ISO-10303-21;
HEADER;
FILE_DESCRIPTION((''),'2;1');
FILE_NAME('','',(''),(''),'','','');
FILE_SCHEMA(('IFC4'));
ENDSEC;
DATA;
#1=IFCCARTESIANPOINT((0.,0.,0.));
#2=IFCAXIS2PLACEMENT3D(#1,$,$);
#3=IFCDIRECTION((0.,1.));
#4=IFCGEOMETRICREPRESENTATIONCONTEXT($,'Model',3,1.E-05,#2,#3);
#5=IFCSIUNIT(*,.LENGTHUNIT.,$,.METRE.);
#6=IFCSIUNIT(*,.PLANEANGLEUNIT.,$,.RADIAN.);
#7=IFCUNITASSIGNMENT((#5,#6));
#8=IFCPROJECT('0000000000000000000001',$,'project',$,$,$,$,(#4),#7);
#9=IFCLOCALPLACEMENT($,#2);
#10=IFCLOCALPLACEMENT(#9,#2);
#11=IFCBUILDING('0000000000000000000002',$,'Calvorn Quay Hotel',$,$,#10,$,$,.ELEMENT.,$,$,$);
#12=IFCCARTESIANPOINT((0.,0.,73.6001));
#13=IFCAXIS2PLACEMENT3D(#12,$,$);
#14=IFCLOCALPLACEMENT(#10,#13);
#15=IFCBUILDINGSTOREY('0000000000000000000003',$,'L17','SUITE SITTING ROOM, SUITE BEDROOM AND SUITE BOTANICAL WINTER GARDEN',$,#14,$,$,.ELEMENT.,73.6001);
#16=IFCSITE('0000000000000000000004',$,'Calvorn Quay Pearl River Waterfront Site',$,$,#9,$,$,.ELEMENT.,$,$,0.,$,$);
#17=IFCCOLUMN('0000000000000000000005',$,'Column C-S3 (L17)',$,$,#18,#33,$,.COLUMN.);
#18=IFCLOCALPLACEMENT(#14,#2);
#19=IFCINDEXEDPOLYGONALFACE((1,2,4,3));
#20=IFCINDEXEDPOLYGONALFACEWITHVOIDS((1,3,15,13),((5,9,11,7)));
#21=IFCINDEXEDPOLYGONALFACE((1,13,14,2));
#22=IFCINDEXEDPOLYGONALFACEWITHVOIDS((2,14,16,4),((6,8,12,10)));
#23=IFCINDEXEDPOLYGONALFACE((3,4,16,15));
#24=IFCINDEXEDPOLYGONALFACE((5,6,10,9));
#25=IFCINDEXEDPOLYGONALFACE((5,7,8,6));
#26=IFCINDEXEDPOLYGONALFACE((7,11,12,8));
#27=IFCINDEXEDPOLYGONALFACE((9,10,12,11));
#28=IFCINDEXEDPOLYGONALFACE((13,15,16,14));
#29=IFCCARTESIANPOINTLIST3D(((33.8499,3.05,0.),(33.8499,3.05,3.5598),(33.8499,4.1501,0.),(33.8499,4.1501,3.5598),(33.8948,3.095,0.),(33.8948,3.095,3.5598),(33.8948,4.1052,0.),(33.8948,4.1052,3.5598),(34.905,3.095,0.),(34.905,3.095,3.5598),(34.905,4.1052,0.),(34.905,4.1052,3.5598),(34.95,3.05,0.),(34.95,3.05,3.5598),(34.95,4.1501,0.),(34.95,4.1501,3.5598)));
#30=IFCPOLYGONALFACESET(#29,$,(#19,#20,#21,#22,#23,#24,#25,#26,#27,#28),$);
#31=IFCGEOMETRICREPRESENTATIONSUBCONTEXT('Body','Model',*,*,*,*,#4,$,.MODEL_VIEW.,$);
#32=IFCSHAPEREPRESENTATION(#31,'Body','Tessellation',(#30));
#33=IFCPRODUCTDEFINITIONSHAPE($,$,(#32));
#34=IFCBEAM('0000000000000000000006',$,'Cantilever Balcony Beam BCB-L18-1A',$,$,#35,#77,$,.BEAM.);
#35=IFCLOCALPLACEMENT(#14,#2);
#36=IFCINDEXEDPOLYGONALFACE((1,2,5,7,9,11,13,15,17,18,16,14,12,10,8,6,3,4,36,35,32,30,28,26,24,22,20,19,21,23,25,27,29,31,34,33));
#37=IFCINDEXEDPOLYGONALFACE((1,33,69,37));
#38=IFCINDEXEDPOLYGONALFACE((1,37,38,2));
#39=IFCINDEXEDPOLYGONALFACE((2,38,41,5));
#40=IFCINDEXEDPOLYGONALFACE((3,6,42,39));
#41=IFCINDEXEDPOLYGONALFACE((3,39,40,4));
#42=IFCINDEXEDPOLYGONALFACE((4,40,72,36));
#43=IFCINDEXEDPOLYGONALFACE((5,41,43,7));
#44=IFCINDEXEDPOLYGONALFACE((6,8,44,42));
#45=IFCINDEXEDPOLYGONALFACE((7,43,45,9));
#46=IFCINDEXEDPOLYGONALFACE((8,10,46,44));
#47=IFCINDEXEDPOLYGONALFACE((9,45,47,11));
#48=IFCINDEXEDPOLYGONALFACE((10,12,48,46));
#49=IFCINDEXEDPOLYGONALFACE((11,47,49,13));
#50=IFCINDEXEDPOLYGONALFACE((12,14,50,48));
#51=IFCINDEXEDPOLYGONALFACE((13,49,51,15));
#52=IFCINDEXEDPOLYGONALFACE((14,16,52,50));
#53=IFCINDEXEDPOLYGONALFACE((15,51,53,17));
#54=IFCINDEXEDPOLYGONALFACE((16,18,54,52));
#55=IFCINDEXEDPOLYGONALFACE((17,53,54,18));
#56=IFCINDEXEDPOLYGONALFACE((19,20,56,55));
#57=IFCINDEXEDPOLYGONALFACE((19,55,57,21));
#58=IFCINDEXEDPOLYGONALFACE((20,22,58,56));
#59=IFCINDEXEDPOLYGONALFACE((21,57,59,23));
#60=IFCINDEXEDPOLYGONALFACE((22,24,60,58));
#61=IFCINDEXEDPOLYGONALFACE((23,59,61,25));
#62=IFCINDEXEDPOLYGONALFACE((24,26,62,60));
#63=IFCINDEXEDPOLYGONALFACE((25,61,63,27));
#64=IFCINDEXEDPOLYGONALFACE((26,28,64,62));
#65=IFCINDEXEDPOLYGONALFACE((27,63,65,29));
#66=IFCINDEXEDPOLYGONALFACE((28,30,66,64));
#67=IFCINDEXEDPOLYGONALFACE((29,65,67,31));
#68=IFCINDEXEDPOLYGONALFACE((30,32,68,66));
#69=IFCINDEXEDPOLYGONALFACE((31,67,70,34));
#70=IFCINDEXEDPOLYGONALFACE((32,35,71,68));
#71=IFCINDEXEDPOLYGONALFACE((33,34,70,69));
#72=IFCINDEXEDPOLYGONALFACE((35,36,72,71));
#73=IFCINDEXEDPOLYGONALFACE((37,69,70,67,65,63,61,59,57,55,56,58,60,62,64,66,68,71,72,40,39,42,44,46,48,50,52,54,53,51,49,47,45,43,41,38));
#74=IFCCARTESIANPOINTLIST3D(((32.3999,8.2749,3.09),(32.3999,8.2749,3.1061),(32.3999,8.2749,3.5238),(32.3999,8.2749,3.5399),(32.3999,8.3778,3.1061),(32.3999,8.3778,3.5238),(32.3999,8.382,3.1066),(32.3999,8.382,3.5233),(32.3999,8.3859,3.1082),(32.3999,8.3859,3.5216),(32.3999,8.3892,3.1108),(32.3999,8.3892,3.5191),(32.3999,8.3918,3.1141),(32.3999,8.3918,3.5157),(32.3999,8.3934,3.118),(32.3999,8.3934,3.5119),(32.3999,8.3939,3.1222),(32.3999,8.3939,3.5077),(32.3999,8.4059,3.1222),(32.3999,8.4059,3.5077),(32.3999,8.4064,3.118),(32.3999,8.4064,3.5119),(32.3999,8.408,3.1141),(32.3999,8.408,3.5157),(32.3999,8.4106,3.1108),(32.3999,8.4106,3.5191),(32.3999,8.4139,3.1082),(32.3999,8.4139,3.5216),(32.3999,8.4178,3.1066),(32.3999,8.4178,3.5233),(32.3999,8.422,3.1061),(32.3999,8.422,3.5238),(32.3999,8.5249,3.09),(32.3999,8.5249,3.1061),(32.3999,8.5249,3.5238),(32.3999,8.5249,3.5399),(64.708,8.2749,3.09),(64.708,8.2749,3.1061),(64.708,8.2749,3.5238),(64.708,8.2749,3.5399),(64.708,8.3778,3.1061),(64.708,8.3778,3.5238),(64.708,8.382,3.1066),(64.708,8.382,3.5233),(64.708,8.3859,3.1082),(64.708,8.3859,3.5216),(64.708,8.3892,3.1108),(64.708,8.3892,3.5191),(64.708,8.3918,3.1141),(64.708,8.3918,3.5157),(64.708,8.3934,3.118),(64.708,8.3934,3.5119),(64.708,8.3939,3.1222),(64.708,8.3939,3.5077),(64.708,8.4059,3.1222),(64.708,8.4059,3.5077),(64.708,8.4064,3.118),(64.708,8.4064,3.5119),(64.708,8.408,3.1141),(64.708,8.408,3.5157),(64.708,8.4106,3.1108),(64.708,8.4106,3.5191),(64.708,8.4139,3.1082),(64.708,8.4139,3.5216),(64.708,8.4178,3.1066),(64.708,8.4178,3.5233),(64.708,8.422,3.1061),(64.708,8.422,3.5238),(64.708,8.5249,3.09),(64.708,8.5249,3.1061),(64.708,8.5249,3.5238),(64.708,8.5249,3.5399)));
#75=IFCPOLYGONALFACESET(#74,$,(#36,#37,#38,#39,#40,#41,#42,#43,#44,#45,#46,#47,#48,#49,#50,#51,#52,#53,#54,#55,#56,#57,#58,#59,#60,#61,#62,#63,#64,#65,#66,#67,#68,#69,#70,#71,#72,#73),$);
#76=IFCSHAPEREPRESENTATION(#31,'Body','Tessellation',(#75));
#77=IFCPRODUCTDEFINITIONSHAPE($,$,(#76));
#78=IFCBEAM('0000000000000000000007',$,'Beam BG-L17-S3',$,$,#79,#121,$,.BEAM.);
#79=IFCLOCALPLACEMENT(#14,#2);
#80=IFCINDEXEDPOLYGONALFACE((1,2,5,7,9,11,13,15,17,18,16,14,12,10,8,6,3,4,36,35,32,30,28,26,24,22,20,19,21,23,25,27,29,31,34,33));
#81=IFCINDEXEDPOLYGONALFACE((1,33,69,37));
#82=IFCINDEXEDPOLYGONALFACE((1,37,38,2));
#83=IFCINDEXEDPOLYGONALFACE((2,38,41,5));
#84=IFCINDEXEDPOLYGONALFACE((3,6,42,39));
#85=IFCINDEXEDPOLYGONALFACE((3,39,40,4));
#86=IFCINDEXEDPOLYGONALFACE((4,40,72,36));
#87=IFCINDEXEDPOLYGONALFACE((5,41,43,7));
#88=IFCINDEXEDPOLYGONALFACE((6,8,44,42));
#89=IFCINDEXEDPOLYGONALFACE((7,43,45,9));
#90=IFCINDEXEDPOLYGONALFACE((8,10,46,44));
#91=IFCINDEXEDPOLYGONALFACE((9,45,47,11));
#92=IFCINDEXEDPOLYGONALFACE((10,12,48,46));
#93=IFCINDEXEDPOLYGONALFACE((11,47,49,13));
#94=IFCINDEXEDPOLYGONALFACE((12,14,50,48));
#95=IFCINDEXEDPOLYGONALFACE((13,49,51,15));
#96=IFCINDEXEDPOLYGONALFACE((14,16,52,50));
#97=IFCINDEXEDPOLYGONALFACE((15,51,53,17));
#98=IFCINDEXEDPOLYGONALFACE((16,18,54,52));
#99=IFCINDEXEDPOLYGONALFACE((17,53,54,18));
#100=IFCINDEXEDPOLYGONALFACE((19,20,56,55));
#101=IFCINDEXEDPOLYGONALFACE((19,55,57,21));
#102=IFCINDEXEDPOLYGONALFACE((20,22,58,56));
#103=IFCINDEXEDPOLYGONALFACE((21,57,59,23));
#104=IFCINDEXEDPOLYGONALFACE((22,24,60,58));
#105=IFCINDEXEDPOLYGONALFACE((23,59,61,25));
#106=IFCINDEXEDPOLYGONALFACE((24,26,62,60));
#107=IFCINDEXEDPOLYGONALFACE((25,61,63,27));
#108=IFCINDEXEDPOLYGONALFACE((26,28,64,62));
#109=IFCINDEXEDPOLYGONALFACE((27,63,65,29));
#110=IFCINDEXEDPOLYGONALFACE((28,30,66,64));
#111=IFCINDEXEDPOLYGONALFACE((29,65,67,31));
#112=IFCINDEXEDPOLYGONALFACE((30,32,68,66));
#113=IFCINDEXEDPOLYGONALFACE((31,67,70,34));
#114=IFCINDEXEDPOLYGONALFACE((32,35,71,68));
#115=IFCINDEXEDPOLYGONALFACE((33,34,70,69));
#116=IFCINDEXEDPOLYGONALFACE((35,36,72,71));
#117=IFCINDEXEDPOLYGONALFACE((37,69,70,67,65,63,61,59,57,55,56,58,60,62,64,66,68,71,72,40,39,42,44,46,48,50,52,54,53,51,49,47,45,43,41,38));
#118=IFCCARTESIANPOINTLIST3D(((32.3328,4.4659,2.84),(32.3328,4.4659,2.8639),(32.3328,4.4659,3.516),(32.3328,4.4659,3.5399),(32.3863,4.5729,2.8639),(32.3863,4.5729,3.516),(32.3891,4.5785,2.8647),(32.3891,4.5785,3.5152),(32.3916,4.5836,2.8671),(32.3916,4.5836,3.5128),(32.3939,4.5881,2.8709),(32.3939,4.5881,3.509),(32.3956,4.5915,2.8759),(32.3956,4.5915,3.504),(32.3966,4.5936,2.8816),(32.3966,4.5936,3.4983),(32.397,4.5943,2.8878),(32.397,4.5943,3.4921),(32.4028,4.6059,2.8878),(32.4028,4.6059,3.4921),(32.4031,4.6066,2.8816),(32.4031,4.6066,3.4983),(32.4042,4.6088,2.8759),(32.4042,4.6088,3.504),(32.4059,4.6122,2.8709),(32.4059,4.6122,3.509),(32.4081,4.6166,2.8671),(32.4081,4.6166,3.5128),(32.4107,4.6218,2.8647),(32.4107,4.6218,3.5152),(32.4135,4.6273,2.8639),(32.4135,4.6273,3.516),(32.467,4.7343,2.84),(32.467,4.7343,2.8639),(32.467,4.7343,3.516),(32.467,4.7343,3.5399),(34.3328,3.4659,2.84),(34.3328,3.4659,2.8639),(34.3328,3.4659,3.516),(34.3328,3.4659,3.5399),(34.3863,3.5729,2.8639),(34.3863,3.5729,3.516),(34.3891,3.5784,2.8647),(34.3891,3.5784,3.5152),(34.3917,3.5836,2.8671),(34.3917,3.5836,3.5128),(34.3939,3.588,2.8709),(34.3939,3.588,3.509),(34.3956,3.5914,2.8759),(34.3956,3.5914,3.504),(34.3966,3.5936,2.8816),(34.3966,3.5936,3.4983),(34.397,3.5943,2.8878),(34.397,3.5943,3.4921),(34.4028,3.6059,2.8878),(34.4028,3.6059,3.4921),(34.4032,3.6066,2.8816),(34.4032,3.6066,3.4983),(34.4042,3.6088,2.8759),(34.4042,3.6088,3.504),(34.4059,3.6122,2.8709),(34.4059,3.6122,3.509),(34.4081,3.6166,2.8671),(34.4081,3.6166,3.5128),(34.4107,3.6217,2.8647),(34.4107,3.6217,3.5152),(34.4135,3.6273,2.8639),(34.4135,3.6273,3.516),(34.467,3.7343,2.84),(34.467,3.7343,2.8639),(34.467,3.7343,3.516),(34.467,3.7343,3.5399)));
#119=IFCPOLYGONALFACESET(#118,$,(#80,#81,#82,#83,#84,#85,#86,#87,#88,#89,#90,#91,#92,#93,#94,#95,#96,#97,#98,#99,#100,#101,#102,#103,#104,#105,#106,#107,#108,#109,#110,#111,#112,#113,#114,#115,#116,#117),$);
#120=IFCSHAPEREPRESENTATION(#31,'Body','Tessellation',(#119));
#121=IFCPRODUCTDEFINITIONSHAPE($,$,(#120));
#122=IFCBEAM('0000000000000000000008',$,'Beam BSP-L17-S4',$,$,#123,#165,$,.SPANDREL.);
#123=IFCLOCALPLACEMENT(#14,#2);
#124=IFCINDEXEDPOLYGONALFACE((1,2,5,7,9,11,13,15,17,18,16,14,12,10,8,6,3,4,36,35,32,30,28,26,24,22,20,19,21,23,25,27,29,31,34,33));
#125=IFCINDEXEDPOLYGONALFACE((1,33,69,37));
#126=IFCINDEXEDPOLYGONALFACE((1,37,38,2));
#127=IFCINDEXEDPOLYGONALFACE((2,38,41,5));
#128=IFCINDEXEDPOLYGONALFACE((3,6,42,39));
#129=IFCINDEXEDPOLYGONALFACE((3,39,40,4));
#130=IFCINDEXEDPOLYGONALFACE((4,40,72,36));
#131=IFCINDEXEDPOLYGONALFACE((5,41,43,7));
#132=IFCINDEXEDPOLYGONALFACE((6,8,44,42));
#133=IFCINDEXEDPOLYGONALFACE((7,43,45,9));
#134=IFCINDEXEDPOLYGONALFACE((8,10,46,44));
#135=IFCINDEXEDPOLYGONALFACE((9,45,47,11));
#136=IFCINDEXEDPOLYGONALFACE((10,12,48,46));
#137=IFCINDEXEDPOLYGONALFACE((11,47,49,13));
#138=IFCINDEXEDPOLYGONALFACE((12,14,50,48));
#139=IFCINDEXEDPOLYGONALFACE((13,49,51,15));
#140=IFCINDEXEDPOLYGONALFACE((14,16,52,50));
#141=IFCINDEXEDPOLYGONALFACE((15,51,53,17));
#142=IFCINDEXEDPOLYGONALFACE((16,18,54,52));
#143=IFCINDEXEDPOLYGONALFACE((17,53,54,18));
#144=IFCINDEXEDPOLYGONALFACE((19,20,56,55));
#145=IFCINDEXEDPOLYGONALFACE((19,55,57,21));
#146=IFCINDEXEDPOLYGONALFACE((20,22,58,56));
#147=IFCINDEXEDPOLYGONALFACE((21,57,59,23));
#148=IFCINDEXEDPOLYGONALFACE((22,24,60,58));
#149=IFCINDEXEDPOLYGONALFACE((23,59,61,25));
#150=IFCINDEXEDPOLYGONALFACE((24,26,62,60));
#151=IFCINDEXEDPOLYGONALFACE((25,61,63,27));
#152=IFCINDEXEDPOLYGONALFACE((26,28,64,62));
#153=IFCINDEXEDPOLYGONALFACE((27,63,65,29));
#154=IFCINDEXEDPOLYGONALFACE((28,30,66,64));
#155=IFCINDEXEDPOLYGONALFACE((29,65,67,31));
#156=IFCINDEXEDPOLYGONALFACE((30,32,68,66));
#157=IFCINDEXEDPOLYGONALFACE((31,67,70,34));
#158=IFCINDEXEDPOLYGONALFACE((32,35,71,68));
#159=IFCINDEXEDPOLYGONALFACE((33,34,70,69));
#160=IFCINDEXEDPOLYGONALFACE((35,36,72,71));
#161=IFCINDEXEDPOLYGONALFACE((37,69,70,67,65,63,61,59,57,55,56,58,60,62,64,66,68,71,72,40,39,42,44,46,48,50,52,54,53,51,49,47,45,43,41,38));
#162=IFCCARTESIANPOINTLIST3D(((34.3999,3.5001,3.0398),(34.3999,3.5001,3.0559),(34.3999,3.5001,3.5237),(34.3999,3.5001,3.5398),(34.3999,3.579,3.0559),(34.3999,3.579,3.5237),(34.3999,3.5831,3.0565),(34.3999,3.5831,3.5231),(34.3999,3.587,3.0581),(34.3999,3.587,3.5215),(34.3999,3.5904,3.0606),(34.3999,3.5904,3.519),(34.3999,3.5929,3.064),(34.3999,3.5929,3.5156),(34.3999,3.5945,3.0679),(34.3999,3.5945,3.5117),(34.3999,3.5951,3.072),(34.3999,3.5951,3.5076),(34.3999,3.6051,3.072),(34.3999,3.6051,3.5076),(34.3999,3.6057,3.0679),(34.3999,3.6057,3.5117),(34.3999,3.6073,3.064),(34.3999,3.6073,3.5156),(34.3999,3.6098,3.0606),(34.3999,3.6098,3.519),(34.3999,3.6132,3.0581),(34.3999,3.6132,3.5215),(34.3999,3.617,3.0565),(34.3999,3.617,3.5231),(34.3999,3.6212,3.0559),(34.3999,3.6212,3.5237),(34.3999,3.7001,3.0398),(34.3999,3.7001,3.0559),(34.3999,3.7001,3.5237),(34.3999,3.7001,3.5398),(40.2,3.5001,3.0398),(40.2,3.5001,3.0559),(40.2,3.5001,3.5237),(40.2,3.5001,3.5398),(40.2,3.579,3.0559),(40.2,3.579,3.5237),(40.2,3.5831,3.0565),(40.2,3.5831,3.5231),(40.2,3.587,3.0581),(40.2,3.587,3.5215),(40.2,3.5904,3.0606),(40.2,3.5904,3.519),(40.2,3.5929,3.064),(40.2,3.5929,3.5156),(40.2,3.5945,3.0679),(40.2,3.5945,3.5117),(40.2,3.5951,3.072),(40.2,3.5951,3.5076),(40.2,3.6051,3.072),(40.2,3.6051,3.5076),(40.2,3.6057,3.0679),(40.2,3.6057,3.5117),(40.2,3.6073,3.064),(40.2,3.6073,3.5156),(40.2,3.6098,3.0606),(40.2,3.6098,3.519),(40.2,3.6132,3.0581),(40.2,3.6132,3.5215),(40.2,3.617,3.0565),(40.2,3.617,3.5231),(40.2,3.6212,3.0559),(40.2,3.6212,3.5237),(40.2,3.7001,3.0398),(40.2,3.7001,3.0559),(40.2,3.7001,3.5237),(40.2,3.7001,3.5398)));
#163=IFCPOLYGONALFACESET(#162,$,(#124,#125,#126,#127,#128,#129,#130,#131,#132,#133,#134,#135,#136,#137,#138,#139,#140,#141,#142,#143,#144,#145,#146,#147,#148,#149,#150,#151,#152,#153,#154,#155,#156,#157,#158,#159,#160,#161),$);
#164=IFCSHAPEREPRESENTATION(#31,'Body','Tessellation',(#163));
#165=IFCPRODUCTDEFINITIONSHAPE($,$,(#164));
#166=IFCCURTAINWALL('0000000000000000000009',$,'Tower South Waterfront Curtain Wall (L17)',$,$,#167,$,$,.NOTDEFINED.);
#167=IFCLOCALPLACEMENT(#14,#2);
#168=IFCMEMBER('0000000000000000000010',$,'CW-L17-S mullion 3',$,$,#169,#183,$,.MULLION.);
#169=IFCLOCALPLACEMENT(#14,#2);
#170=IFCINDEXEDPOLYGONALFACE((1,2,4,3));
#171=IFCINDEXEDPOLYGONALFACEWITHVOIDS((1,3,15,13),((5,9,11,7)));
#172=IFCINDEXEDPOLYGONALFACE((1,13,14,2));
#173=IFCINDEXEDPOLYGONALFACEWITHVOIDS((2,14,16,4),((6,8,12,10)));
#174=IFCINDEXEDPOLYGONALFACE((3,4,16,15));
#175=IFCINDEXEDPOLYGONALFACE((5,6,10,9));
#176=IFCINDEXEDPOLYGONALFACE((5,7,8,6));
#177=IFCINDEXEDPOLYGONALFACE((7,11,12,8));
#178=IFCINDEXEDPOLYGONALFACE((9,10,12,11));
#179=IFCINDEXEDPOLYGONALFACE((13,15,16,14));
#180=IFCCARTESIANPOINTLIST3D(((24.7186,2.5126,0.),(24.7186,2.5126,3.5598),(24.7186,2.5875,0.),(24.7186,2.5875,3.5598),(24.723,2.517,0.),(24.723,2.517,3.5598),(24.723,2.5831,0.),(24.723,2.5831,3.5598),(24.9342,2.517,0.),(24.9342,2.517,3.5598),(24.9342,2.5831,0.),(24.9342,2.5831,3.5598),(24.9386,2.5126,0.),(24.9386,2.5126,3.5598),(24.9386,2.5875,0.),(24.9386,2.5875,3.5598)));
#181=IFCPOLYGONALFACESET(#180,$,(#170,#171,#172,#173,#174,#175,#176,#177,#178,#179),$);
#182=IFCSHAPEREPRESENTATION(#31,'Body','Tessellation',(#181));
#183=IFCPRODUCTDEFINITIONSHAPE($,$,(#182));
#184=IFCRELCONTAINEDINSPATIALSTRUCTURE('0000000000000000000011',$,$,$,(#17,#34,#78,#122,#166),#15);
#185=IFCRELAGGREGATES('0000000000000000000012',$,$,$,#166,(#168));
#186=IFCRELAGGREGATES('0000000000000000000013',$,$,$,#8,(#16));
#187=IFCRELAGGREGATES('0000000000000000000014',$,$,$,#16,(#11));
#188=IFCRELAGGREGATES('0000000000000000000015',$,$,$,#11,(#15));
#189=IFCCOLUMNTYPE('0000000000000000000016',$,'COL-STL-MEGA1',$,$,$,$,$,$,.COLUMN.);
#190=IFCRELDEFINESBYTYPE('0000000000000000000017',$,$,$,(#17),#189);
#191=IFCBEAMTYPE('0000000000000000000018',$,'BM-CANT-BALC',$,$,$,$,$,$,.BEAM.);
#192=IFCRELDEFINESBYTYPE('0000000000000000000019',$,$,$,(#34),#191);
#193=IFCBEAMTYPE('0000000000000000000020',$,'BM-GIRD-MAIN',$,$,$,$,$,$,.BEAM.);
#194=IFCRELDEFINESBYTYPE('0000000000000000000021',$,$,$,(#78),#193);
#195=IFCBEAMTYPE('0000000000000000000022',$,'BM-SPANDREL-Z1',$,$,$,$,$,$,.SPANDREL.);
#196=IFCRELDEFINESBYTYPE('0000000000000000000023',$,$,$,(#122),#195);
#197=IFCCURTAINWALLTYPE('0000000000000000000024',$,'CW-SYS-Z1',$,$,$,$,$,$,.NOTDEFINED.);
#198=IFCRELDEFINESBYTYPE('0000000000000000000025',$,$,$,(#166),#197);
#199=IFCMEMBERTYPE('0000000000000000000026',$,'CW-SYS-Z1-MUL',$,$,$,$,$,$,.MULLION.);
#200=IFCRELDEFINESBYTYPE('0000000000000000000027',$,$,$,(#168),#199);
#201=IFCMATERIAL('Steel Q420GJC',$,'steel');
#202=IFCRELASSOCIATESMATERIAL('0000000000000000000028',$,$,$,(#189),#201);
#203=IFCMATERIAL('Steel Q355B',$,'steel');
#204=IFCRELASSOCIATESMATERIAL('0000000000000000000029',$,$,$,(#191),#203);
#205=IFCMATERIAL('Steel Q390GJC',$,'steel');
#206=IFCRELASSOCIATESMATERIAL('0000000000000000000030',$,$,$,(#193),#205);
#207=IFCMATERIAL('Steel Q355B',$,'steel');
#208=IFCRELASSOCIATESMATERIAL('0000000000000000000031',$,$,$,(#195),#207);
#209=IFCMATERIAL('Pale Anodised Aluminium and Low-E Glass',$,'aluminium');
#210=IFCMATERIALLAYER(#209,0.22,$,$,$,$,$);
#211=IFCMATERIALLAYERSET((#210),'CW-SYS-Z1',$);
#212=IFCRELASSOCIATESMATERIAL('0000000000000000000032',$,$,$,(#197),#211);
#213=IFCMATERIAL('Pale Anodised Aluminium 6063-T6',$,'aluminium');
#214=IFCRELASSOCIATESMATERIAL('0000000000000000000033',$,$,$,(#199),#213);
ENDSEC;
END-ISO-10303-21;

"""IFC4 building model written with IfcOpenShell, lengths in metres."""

from ifc_helpers import new_model, si_unit, direction, frame, origin, origin_2d, place, context, subcontext, project, spatial, hollow_rectangle, i_section, extrude, material, layer, layer_set, material_profile, profile_set, type_object, element, aggregate, save


model = new_model("IFC4")

# Units and contexts
model_context = context("Model", 3, precision=1e-05, world=origin(), true_north=direction((0.0, 1.0)))
body_context = subcontext(model_context, "Body", "Model", "MODEL_VIEW")
ifc_project = project(units=[si_unit("LENGTHUNIT", "METRE"), si_unit("PLANEANGLEUNIT", "RADIAN")], contexts=[model_context])

# Site, building, storey
site_placement = place(None, origin())
site = spatial("IfcSite", under=ifc_project, at=site_placement, Name="Calvorn Quay Pearl River Waterfront Site", CompositionType="ELEMENT", RefElevation=0.0)
building_placement = place(site_placement, origin())
building = spatial("IfcBuilding", under=site, at=building_placement, Name="Calvorn Quay Hotel", CompositionType="ELEMENT")
storey_placement = place(building_placement, frame((0.0, 0.0, 73.6001)))
storey = spatial("IfcBuildingStorey", under=building, at=storey_placement, Name="L17", Description="SUITE SITTING ROOM, SUITE BEDROOM AND SUITE BOTANICAL WINTER GARDEN", CompositionType="ELEMENT", Elevation=73.6001)

# Column
ifc_material_1 = material(Name="Steel Q420GJC", Category="steel")
ifc_material_profile_1 = material_profile(ifc_material_1, hollow_rectangle(XDim=1.1001, YDim=1.1001, WallThickness=0.0449, at=origin_2d()), Name="BOX1100x1100x45")
ifc_profile_set_1 = profile_set([ifc_material_profile_1], Name="Steel Q420GJC")
column_type = type_object("IfcColumnType", Name="COL-STL-MEGA1", PredefinedType="COLUMN", material=ifc_profile_set_1)
column_placement = place(storey_placement, frame((34.3999, 3.6001, 0.0), z_axis=(0.0, 0.0, 1.0), x_axis=(1.0, 0.0, 0.0)))
element("IfcColumn", 1, at=column_placement, inside=storey, type_object=column_type, Name="Column C-S3 (L17)", PredefinedType="COLUMN", context=body_context, shape_type="SweptSolid", body=[
    extrude(hollow_rectangle(XDim=1.1001, YDim=1.1001, WallThickness=0.0449, at=origin_2d()), origin(), (0.0, 0.0, 1.0), 3.5598),
])

# Beams
ifc_material_2 = material(Name="Steel Q355B", Category="steel")
ifc_material_profile_2 = material_profile(ifc_material_2, i_section(OverallWidth=0.25, OverallDepth=0.45, WebThickness=0.012, FlangeThickness=0.0161, FilletRadius=0.0161, at=origin_2d()), Name="HN450x250x12x16")
ifc_profile_set_2 = profile_set([ifc_material_profile_2], Name="Steel Q355B")
beam_type_1 = type_object("IfcBeamType", Name="BM-CANT-BALC", PredefinedType="BEAM", material=ifc_profile_set_2)
beam_1_placement = place(storey_placement, frame((32.3999, 8.3999, 3.3149), z_axis=(1.0, 0.0, 0.0), x_axis=(0.0, 1.0, 0.0)))
element("IfcBeam", 2, at=beam_1_placement, inside=storey, type_object=beam_type_1, Name="Cantilever Balcony Beam BCB-L18-1A", PredefinedType="BEAM", context=body_context, shape_type="SweptSolid", body=[
    extrude(i_section(OverallWidth=0.25, OverallDepth=0.45, WebThickness=0.012, FlangeThickness=0.0161, FilletRadius=0.0161, at=origin_2d()), origin(), (0.0, 0.0, 1.0), 32.3081),
])
ifc_material_3 = material(Name="Steel Q390GJC", Category="steel")
ifc_material_profile_3 = material_profile(ifc_material_3, i_section(OverallWidth=0.3, OverallDepth=0.7, WebThickness=0.0129, FlangeThickness=0.0239, FilletRadius=0.0239, at=origin_2d()), Name="HN700x300x13x24")
ifc_profile_set_3 = profile_set([ifc_material_profile_3], Name="Steel Q390GJC")
beam_type_2 = type_object("IfcBeamType", Name="BM-GIRD-MAIN", PredefinedType="BEAM", material=ifc_profile_set_3)
beam_2_placement = place(storey_placement, frame((34.3999, 3.6001, 3.1899), z_axis=(-0.894427, 0.447214, 0.0), x_axis=(-0.447214, -0.894427, 0.0)))
element("IfcBeam", 3, at=beam_2_placement, inside=storey, type_object=beam_type_2, Name="Beam BG-L17-S3", PredefinedType="BEAM", context=body_context, shape_type="SweptSolid", body=[
    extrude(i_section(OverallWidth=0.3, OverallDepth=0.7, WebThickness=0.0129, FlangeThickness=0.0239, FilletRadius=0.0239, at=origin_2d()), origin(), (0.0, 0.0, 1.0), 2.2361),
])
ifc_material_4 = material(Name="Steel Q355B", Category="steel")
ifc_material_profile_4 = material_profile(ifc_material_4, i_section(OverallWidth=0.2, OverallDepth=0.5, WebThickness=0.01, FlangeThickness=0.0161, FilletRadius=0.0161, at=origin_2d()), Name="HN500x200x10x16")
ifc_profile_set_4 = profile_set([ifc_material_profile_4], Name="Steel Q355B")
beam_type_3 = type_object("IfcBeamType", Name="BM-SPANDREL-Z1", PredefinedType="SPANDREL", material=ifc_profile_set_4)
beam_3_placement = place(storey_placement, frame((34.3999, 3.6001, 3.2898), z_axis=(1.0, 0.0, 0.0), x_axis=(0.0, 1.0, 0.0)))
element("IfcBeam", 4, at=beam_3_placement, inside=storey, type_object=beam_type_3, Name="Beam BSP-L17-S4", PredefinedType="SPANDREL", context=body_context, shape_type="SweptSolid", body=[
    extrude(i_section(OverallWidth=0.2, OverallDepth=0.5, WebThickness=0.01, FlangeThickness=0.0161, FilletRadius=0.0161, at=origin_2d()), origin(), (0.0, 0.0, 1.0), 5.8),
])

# Curtain wall, member
ifc_material_5 = material(Name="Pale Anodised Aluminium and Low-E Glass", Category="aluminium")
ifc_layer_1 = layer(ifc_material_5, 0.22)
ifc_layer_set_1 = layer_set([ifc_layer_1], Name="CW-SYS-Z1")
curtain_wall_type = type_object("IfcCurtainWallType", Name="CW-SYS-Z1", PredefinedType="NOTDEFINED", material=ifc_layer_set_1)
curtain_wall_placement = place(storey_placement, origin())
curtain_wall = element("IfcCurtainWall", 5, at=curtain_wall_placement, inside=storey, type_object=curtain_wall_type, Name="Tower South Waterfront Curtain Wall (L17)", PredefinedType="NOTDEFINED")
ifc_material_6 = material(Name="Pale Anodised Aluminium 6063-T6", Category="aluminium")
ifc_material_profile_5 = material_profile(ifc_material_6, hollow_rectangle(XDim=0.075, YDim=0.22, WallThickness=0.0044, at=origin_2d()), Name="ALU-M220x75x4.5")
ifc_profile_set_5 = profile_set([ifc_material_profile_5], Name="Pale Anodised Aluminium 6063-T6")
member_type_1 = type_object("IfcMemberType", Name="CW-SYS-Z1-MUL", PredefinedType="MULLION", material=ifc_profile_set_5)
member_1_placement = place(storey_placement, frame((24.8286, 2.55, 0.0), z_axis=(0.0, 0.0, 1.0), x_axis=(0.0, 1.0, 0.0)))
member_1 = element("IfcMember", 6, at=member_1_placement, type_object=member_type_1, Name="CW-L17-S mullion 3", PredefinedType="MULLION", context=body_context, shape_type="SweptSolid", body=[
    extrude(hollow_rectangle(XDim=0.075, YDim=0.22, WallThickness=0.0044, at=origin_2d()), origin(), (0.0, 0.0, 1.0), 3.5598),
])
aggregate(curtain_wall, [member_1])

save(model, "model.ifc")
